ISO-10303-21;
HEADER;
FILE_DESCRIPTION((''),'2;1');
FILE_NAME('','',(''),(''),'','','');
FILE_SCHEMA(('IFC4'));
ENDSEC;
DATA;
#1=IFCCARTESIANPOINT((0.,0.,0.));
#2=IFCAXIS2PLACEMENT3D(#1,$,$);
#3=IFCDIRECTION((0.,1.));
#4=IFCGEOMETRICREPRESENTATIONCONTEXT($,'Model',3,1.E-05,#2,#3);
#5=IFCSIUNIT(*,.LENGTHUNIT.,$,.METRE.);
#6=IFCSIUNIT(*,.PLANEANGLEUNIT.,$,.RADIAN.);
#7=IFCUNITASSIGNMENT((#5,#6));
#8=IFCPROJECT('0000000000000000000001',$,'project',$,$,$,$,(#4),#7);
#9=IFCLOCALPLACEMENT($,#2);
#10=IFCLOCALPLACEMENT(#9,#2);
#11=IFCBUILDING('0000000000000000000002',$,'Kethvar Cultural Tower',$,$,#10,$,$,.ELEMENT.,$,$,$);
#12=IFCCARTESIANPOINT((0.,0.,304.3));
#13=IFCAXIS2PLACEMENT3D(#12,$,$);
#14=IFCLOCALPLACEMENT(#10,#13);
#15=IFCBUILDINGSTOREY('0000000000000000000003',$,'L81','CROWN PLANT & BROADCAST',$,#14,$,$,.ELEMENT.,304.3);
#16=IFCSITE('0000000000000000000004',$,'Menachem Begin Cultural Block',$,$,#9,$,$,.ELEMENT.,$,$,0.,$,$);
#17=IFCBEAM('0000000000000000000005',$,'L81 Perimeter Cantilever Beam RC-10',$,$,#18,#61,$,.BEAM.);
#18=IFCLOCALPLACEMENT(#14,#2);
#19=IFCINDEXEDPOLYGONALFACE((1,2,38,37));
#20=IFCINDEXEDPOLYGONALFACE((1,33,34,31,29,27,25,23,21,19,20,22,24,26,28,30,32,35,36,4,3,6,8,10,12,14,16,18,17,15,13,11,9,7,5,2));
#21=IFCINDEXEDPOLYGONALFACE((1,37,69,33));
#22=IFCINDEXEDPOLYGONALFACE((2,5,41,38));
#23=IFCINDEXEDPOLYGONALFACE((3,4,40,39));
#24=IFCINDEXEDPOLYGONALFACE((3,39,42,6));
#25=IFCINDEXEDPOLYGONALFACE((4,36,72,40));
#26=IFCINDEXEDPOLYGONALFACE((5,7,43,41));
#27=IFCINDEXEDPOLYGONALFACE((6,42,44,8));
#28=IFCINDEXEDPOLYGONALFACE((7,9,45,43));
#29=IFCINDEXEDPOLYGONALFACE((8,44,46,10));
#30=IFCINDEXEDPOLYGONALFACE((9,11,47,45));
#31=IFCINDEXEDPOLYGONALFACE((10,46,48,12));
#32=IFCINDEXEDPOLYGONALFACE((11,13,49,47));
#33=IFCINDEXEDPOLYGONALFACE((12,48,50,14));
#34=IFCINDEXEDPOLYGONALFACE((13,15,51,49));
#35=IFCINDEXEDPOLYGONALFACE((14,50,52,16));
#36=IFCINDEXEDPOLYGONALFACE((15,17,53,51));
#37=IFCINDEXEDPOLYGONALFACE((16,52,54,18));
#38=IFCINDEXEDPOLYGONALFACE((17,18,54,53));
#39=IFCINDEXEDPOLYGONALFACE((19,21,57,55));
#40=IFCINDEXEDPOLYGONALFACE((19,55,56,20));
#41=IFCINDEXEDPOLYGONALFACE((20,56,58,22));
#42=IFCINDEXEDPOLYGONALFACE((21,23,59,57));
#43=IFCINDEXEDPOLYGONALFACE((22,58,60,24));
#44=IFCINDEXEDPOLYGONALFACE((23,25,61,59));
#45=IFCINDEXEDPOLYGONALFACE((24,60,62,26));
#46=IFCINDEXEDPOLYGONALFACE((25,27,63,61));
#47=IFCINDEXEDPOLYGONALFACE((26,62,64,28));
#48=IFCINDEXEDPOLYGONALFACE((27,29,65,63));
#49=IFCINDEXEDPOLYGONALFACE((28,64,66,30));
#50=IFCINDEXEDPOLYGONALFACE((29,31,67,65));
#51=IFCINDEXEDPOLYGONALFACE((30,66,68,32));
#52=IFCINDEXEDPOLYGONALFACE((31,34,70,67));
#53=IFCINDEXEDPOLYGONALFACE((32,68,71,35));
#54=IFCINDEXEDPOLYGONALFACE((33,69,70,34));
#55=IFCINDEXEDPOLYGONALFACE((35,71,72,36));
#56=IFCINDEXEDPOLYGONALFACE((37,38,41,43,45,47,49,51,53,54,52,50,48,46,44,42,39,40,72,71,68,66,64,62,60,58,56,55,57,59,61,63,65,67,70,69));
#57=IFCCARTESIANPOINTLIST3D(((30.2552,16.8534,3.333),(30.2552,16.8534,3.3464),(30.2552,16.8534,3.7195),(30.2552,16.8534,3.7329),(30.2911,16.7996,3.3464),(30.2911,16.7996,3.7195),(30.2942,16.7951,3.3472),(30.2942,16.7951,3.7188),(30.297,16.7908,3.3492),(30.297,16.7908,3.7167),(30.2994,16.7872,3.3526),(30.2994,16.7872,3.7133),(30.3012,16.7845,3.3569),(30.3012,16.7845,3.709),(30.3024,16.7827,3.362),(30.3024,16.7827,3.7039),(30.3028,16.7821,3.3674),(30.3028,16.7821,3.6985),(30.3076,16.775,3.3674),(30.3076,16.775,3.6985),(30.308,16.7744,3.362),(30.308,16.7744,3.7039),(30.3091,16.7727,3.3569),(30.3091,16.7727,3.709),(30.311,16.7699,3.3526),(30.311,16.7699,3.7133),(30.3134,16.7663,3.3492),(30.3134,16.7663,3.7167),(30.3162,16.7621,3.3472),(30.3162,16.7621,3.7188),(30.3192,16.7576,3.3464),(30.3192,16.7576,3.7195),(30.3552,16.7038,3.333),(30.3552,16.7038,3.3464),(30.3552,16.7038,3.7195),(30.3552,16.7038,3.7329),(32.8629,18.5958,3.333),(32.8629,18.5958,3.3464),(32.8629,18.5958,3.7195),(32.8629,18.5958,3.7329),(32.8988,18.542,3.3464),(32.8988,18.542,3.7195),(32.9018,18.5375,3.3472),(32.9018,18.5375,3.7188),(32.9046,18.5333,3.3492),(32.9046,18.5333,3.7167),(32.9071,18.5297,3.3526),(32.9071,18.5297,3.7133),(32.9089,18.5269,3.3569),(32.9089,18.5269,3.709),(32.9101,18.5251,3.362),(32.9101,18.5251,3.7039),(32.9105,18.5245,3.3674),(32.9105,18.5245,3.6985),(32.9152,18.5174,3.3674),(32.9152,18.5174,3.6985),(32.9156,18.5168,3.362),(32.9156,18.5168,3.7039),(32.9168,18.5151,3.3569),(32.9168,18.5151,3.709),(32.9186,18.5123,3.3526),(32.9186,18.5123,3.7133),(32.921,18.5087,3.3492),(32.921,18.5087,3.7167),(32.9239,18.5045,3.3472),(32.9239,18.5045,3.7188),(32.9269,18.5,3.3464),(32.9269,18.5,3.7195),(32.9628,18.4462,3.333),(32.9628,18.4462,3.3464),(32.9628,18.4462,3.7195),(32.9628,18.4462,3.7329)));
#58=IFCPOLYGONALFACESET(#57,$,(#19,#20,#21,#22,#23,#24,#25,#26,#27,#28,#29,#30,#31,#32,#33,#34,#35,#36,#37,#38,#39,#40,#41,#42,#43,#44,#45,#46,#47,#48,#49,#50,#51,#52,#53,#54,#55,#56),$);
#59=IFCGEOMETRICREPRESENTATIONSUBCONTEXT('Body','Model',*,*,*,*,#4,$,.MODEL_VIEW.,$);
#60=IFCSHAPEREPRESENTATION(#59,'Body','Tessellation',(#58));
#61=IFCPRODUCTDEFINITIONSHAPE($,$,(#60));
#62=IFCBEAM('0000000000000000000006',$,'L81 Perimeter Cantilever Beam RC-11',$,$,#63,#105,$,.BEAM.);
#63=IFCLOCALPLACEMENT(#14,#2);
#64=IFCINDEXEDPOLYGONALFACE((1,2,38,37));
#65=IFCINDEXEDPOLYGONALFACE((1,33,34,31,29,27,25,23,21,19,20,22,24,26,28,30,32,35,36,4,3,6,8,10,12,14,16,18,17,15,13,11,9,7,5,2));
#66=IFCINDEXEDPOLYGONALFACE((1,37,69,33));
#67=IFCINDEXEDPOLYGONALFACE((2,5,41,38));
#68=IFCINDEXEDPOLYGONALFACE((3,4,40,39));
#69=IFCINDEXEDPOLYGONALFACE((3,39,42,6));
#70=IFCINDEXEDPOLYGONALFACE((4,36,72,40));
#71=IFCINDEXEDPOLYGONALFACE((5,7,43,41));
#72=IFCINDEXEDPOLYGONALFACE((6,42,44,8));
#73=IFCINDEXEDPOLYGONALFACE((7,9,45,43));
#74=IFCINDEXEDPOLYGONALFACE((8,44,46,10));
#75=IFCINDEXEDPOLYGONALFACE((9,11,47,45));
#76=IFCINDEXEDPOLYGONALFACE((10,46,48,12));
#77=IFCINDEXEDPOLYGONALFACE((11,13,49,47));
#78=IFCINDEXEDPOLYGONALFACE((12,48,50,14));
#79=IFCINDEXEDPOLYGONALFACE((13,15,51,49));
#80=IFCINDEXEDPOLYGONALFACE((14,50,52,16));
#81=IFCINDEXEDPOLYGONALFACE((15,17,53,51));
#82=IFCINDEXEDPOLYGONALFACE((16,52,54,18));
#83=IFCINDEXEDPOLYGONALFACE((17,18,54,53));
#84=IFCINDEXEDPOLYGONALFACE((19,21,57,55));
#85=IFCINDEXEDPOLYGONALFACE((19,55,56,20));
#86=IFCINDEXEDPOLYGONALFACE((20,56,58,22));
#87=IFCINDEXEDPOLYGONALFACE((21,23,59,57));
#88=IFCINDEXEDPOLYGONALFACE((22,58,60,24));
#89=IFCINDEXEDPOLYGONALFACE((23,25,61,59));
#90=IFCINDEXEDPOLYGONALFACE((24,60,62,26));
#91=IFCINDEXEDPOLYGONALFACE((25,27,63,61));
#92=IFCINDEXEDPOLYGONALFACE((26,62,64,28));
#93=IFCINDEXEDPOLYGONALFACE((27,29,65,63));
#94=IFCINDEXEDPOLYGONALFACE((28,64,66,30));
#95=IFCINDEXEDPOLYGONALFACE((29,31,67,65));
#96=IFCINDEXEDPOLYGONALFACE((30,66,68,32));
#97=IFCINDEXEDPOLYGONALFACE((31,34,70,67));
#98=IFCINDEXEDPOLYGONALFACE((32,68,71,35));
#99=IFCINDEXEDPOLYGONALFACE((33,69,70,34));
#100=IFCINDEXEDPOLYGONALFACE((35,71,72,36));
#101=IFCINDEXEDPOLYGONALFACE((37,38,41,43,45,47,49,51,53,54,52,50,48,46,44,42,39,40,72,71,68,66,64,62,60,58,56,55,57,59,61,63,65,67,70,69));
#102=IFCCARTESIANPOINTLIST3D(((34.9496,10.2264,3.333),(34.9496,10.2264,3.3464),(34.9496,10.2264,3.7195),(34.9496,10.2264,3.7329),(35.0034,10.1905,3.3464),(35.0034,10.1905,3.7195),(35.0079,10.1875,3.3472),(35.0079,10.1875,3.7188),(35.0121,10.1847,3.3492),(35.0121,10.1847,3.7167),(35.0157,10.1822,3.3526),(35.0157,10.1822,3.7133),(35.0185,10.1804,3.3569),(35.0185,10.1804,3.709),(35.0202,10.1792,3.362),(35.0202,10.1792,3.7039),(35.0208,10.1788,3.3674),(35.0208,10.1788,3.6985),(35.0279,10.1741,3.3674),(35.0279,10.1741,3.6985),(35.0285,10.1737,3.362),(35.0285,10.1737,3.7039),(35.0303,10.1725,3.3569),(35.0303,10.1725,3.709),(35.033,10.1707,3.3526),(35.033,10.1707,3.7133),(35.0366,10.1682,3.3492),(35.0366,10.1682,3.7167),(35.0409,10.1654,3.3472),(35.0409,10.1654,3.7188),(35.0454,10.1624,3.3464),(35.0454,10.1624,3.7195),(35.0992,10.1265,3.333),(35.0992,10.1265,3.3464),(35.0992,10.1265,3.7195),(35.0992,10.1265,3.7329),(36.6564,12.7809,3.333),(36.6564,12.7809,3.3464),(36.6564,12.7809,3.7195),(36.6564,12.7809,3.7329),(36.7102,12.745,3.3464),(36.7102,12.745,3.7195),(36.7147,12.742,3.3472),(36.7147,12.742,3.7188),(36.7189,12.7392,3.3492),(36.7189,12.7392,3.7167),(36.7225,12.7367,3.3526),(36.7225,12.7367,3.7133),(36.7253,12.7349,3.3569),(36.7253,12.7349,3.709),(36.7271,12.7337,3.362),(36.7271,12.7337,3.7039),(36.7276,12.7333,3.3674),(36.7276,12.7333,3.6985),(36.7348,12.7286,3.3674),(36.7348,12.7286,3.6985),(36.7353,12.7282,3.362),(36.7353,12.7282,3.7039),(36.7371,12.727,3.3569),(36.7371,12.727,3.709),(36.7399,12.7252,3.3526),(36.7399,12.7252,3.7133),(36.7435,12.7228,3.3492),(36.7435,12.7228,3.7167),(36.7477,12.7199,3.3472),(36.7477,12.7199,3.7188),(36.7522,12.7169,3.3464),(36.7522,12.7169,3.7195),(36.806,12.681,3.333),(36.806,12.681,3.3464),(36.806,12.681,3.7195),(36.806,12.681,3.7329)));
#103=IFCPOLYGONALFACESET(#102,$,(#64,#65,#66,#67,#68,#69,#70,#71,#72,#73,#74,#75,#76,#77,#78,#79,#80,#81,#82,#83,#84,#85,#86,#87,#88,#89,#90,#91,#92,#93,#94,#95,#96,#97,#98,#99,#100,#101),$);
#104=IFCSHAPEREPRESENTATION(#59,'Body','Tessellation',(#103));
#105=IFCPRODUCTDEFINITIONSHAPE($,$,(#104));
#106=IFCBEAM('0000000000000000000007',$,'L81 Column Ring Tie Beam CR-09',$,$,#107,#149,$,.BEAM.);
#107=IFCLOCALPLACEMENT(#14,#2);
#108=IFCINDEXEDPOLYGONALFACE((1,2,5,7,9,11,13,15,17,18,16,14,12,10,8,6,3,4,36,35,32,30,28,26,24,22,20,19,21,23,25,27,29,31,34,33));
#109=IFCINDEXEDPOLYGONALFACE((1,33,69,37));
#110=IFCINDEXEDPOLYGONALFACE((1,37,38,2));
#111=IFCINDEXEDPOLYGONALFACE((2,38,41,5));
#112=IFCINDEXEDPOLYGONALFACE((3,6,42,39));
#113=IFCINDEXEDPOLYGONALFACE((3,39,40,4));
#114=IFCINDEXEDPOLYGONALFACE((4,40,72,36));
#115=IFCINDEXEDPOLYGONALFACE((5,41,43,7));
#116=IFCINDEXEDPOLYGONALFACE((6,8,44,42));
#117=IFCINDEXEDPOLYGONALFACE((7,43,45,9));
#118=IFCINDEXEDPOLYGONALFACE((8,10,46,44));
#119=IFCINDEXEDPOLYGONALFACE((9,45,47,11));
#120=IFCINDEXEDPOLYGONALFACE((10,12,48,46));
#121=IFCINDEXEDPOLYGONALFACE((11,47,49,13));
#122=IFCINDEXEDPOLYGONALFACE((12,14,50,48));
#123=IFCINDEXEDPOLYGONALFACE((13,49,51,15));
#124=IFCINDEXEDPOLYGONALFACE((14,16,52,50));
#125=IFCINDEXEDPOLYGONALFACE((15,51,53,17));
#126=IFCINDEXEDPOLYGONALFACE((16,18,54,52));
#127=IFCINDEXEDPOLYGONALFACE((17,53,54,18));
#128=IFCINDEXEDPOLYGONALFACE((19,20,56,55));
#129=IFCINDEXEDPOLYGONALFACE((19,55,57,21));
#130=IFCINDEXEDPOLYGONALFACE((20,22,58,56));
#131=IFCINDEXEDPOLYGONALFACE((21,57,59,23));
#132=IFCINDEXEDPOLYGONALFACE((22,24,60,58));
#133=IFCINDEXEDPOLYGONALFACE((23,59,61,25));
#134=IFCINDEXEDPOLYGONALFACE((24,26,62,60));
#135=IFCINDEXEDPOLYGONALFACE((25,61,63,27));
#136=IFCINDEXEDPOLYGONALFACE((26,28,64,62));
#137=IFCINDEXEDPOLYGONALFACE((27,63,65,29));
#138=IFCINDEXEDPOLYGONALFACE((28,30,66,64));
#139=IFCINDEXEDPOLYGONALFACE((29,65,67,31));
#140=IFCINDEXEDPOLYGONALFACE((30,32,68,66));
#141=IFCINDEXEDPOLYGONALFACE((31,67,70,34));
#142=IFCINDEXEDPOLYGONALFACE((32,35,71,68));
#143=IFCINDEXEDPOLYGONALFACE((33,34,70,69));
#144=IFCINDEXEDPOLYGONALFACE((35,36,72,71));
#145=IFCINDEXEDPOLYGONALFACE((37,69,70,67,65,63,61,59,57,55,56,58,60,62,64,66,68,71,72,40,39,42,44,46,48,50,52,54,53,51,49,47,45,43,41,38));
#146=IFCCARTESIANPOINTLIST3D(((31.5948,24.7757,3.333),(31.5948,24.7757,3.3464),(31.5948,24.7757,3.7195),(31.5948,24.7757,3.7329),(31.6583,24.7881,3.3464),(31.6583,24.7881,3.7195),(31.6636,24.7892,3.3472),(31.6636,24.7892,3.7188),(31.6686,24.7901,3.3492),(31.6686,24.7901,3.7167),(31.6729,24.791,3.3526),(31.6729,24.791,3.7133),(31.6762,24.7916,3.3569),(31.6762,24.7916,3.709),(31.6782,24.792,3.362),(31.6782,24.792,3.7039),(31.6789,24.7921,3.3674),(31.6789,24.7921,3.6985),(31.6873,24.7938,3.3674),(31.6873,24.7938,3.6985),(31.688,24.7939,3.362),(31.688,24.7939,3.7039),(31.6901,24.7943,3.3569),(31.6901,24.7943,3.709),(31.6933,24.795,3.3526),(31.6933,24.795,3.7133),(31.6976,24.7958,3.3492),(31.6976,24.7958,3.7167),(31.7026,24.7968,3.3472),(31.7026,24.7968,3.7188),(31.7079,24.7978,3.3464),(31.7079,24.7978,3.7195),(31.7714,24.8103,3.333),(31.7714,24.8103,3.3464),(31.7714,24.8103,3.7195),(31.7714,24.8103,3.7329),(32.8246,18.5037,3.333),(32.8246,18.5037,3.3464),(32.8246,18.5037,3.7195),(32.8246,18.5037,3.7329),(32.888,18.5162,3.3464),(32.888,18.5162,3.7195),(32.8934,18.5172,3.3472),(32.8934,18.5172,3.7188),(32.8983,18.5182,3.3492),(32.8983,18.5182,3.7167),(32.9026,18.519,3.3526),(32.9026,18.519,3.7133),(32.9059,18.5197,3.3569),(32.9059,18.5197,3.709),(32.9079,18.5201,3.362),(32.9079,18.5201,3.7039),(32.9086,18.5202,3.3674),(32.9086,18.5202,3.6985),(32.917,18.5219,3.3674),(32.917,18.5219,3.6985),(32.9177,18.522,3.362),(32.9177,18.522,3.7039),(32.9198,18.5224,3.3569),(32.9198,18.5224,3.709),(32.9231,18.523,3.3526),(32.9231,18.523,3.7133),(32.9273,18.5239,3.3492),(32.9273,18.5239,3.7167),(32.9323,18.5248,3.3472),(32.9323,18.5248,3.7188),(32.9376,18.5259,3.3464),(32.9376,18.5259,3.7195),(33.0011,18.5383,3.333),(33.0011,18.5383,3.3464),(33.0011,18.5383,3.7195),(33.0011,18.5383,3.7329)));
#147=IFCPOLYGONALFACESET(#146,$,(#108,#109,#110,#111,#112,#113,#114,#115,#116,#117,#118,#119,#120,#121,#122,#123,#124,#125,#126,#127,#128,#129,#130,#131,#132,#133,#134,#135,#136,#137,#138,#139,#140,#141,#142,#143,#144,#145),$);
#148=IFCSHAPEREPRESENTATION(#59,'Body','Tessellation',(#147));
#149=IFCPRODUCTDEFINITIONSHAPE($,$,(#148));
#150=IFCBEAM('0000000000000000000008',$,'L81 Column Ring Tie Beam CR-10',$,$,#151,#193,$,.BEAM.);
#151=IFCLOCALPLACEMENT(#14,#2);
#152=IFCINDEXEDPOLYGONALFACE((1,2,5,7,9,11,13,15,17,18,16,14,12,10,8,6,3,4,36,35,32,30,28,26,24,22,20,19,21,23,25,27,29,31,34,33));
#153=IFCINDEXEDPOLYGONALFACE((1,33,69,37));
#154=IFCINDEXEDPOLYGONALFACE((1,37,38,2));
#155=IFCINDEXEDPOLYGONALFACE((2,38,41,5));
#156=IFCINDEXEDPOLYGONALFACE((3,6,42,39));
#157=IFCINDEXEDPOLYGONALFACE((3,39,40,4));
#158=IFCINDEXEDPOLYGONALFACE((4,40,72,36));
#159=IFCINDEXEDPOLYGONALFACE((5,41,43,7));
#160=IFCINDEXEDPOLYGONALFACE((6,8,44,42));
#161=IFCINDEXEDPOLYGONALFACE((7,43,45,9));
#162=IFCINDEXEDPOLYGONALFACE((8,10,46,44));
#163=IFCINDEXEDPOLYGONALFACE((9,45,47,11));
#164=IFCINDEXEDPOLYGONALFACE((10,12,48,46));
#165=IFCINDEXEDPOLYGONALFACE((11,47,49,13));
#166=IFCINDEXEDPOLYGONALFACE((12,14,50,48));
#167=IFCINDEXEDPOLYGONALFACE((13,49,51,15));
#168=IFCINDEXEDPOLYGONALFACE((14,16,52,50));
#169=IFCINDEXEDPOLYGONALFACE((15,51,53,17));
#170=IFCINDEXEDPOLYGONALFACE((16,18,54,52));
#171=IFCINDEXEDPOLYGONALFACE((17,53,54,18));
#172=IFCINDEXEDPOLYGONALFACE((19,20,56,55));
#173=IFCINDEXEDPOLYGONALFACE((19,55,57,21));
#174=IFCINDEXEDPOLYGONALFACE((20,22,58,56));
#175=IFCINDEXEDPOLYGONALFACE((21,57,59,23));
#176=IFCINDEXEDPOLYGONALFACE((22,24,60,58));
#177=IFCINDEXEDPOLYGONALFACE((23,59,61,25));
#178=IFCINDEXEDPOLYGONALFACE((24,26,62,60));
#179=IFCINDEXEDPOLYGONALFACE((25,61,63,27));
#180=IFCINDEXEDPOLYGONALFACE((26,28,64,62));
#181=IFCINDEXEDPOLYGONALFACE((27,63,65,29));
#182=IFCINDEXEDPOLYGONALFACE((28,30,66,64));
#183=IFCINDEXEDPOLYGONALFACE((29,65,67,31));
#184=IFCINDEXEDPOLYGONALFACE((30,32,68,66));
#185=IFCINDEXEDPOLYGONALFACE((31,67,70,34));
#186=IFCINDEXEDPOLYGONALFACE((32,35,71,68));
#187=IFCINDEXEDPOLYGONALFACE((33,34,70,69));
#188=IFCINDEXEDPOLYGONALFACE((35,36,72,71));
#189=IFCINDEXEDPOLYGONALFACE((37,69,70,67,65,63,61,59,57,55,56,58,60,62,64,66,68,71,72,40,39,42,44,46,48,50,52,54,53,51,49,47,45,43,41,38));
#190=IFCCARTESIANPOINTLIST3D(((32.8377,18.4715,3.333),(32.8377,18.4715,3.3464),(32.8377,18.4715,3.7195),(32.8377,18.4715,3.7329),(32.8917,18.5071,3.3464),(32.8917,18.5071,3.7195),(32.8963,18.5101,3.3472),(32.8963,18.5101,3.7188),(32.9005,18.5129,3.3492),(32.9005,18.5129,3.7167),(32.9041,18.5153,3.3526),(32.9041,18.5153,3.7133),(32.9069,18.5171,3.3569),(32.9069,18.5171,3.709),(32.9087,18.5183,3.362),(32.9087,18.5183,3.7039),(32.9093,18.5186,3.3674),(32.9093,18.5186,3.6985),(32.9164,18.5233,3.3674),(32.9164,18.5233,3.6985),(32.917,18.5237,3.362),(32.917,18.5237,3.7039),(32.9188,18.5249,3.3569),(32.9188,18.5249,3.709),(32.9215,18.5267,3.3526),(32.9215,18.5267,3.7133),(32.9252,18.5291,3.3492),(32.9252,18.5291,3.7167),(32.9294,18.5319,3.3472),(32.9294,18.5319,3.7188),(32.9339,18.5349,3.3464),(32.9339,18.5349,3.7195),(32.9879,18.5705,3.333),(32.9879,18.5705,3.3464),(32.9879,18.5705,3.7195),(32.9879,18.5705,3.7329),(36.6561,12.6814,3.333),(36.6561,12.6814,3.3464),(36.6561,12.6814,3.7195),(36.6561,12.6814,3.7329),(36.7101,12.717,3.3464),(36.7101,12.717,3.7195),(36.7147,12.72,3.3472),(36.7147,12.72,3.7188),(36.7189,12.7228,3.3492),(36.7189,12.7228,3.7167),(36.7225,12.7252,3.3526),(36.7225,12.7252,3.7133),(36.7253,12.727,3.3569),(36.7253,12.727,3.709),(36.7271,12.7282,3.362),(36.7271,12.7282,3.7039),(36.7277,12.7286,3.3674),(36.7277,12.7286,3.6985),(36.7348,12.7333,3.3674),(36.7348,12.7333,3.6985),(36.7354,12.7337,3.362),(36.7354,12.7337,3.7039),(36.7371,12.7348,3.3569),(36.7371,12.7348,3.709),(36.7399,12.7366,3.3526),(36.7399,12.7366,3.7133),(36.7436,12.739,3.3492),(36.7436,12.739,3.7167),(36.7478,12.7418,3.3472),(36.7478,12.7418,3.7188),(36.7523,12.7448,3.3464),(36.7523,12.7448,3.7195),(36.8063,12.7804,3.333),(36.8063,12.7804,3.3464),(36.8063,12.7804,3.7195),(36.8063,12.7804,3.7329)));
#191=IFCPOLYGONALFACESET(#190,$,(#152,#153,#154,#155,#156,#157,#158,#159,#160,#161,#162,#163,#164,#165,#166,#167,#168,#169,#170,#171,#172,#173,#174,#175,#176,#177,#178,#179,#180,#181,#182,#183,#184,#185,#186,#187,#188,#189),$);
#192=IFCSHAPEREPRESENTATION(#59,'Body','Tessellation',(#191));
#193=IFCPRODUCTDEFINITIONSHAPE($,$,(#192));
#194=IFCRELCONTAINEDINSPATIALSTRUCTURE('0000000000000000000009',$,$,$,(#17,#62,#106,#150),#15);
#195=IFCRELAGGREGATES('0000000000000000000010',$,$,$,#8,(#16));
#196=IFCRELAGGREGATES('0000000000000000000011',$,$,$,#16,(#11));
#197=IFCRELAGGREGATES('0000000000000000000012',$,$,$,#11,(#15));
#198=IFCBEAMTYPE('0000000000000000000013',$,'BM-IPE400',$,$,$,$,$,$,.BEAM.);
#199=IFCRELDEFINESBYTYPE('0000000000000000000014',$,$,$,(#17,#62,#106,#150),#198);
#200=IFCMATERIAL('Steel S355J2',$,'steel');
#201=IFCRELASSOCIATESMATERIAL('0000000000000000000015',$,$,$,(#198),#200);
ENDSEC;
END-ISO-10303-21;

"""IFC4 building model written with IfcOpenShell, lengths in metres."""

from ifc_helpers import new_model, si_unit, direction, frame, origin, origin_2d, place, context, subcontext, project, spatial, i_section, extrude, source, transform, mapped, material, material_profile, profile_set, type_object, element, save


model = new_model("IFC4")

# Units and contexts
model_context = context("Model", 3, precision=1e-05, world=origin(), true_north=direction((0.0, 1.0)))
body_context = subcontext(model_context, "Body", "Model", "MODEL_VIEW")
ifc_project = project(units=[si_unit("LENGTHUNIT", "METRE"), si_unit("PLANEANGLEUNIT", "RADIAN")], contexts=[model_context])

# Site, building, storey
site_placement = place(None, origin())
site = spatial("IfcSite", under=ifc_project, at=site_placement, Name="Menachem Begin Cultural Block", CompositionType="ELEMENT", RefElevation=0.0)
building_placement = place(site_placement, origin())
building = spatial("IfcBuilding", under=site, at=building_placement, Name="Kethvar Cultural Tower", CompositionType="ELEMENT")
storey_placement = place(building_placement, frame((0.0, 0.0, 304.3)))
storey = spatial("IfcBuildingStorey", under=building, at=storey_placement, Name="L81", Description="CROWN PLANT & BROADCAST", CompositionType="ELEMENT", Elevation=304.3)

# Shared definitions
ifc_material_1 = material(Name="Steel S355J2", Category="steel")

# Beams
ifc_material_profile_1 = material_profile(ifc_material_1, i_section(OverallWidth=0.1799, OverallDepth=0.3999, WebThickness=0.0085, FlangeThickness=0.0134, FilletRadius=0.021, at=origin_2d()), Name="Steel S355J2 — IPE400")
ifc_profile_set_1 = profile_set([ifc_material_profile_1], Name="Steel S355J2 — IPE400")
beam_type_1 = type_object("IfcBeamType", Name="BM-IPE400", PredefinedType="BEAM", material=ifc_profile_set_1)
shared_shape_1 = source(origin(), body_context, "Body", "SweptSolid", [
    extrude(i_section(OverallWidth=0.1799, OverallDepth=0.3999, WebThickness=0.0085, FlangeThickness=0.0134, FilletRadius=0.021, at=origin_2d()), origin(), (0.0, 0.0, 1.0), 3.1362),
])
beam_1_placement = place(storey_placement, frame((32.9128, 18.521, 3.533), z_axis=(-0.831463, -0.55558, 0.0), x_axis=(0.55558, -0.831463, 0.0)))
element("IfcBeam", 1, at=beam_1_placement, inside=storey, type_object=beam_type_1, Name="L81 Perimeter Cantilever Beam RC-10", PredefinedType="BEAM", context=body_context, shape_type="MappedRepresentation", body=[
    mapped(shared_shape_1, transform((0.0, 0.0, 0.0), scale=1.0)),
])
shared_shape_2 = source(origin(), body_context, "Body", "SweptSolid", [
    extrude(i_section(OverallWidth=0.1799, OverallDepth=0.3999, WebThickness=0.0085, FlangeThickness=0.0134, FilletRadius=0.021, at=origin_2d()), origin(), (0.0, 0.0, 1.0), 3.0723),
])
beam_2_placement = place(storey_placement, frame((36.7312, 12.731, 3.533), z_axis=(-0.555562, -0.831475, 0.0), x_axis=(0.831475, -0.555562, 0.0)))
element("IfcBeam", 2, at=beam_2_placement, inside=storey, type_object=beam_type_1, Name="L81 Perimeter Cantilever Beam RC-11", PredefinedType="BEAM", context=body_context, shape_type="MappedRepresentation", body=[
    mapped(shared_shape_2, transform((0.0, 0.0, 0.0), scale=1.0)),
])
shared_shape_3 = source(origin(), body_context, "Body", "SweptSolid", [
    extrude(i_section(OverallWidth=0.1799, OverallDepth=0.3999, WebThickness=0.0085, FlangeThickness=0.0134, FilletRadius=0.021, at=origin_2d()), origin(), (0.0, 0.0, 1.0), 6.3914),
])
beam_3_placement = place(storey_placement, frame((31.6831, 24.793, 3.533), z_axis=(0.192405, -0.981316, 0.0), x_axis=(0.981316, 0.192405, 0.0)))
element("IfcBeam", 3, at=beam_3_placement, inside=storey, type_object=beam_type_1, Name="L81 Column Ring Tie Beam CR-09", PredefinedType="BEAM", context=body_context, shape_type="MappedRepresentation", body=[
    mapped(shared_shape_3, transform((0.0, 0.0, 0.0), scale=1.0)),
])
shared_shape_4 = source(origin(), body_context, "Body", "SweptSolid", [
    extrude(i_section(OverallWidth=0.1799, OverallDepth=0.3999, WebThickness=0.0085, FlangeThickness=0.0134, FilletRadius=0.021, at=origin_2d()), origin(), (0.0, 0.0, 1.0), 6.9358),
])
beam_4_placement = place(storey_placement, frame((32.9128, 18.521, 3.533), z_axis=(0.550534, -0.834813, 0.0), x_axis=(0.834813, 0.550534, 0.0)))
element("IfcBeam", 4, at=beam_4_placement, inside=storey, type_object=beam_type_1, Name="L81 Column Ring Tie Beam CR-10", PredefinedType="BEAM", context=body_context, shape_type="MappedRepresentation", body=[
    mapped(shared_shape_4, transform((0.0, 0.0, 0.0), scale=1.0)),
])

save(model, "model.ifc")
